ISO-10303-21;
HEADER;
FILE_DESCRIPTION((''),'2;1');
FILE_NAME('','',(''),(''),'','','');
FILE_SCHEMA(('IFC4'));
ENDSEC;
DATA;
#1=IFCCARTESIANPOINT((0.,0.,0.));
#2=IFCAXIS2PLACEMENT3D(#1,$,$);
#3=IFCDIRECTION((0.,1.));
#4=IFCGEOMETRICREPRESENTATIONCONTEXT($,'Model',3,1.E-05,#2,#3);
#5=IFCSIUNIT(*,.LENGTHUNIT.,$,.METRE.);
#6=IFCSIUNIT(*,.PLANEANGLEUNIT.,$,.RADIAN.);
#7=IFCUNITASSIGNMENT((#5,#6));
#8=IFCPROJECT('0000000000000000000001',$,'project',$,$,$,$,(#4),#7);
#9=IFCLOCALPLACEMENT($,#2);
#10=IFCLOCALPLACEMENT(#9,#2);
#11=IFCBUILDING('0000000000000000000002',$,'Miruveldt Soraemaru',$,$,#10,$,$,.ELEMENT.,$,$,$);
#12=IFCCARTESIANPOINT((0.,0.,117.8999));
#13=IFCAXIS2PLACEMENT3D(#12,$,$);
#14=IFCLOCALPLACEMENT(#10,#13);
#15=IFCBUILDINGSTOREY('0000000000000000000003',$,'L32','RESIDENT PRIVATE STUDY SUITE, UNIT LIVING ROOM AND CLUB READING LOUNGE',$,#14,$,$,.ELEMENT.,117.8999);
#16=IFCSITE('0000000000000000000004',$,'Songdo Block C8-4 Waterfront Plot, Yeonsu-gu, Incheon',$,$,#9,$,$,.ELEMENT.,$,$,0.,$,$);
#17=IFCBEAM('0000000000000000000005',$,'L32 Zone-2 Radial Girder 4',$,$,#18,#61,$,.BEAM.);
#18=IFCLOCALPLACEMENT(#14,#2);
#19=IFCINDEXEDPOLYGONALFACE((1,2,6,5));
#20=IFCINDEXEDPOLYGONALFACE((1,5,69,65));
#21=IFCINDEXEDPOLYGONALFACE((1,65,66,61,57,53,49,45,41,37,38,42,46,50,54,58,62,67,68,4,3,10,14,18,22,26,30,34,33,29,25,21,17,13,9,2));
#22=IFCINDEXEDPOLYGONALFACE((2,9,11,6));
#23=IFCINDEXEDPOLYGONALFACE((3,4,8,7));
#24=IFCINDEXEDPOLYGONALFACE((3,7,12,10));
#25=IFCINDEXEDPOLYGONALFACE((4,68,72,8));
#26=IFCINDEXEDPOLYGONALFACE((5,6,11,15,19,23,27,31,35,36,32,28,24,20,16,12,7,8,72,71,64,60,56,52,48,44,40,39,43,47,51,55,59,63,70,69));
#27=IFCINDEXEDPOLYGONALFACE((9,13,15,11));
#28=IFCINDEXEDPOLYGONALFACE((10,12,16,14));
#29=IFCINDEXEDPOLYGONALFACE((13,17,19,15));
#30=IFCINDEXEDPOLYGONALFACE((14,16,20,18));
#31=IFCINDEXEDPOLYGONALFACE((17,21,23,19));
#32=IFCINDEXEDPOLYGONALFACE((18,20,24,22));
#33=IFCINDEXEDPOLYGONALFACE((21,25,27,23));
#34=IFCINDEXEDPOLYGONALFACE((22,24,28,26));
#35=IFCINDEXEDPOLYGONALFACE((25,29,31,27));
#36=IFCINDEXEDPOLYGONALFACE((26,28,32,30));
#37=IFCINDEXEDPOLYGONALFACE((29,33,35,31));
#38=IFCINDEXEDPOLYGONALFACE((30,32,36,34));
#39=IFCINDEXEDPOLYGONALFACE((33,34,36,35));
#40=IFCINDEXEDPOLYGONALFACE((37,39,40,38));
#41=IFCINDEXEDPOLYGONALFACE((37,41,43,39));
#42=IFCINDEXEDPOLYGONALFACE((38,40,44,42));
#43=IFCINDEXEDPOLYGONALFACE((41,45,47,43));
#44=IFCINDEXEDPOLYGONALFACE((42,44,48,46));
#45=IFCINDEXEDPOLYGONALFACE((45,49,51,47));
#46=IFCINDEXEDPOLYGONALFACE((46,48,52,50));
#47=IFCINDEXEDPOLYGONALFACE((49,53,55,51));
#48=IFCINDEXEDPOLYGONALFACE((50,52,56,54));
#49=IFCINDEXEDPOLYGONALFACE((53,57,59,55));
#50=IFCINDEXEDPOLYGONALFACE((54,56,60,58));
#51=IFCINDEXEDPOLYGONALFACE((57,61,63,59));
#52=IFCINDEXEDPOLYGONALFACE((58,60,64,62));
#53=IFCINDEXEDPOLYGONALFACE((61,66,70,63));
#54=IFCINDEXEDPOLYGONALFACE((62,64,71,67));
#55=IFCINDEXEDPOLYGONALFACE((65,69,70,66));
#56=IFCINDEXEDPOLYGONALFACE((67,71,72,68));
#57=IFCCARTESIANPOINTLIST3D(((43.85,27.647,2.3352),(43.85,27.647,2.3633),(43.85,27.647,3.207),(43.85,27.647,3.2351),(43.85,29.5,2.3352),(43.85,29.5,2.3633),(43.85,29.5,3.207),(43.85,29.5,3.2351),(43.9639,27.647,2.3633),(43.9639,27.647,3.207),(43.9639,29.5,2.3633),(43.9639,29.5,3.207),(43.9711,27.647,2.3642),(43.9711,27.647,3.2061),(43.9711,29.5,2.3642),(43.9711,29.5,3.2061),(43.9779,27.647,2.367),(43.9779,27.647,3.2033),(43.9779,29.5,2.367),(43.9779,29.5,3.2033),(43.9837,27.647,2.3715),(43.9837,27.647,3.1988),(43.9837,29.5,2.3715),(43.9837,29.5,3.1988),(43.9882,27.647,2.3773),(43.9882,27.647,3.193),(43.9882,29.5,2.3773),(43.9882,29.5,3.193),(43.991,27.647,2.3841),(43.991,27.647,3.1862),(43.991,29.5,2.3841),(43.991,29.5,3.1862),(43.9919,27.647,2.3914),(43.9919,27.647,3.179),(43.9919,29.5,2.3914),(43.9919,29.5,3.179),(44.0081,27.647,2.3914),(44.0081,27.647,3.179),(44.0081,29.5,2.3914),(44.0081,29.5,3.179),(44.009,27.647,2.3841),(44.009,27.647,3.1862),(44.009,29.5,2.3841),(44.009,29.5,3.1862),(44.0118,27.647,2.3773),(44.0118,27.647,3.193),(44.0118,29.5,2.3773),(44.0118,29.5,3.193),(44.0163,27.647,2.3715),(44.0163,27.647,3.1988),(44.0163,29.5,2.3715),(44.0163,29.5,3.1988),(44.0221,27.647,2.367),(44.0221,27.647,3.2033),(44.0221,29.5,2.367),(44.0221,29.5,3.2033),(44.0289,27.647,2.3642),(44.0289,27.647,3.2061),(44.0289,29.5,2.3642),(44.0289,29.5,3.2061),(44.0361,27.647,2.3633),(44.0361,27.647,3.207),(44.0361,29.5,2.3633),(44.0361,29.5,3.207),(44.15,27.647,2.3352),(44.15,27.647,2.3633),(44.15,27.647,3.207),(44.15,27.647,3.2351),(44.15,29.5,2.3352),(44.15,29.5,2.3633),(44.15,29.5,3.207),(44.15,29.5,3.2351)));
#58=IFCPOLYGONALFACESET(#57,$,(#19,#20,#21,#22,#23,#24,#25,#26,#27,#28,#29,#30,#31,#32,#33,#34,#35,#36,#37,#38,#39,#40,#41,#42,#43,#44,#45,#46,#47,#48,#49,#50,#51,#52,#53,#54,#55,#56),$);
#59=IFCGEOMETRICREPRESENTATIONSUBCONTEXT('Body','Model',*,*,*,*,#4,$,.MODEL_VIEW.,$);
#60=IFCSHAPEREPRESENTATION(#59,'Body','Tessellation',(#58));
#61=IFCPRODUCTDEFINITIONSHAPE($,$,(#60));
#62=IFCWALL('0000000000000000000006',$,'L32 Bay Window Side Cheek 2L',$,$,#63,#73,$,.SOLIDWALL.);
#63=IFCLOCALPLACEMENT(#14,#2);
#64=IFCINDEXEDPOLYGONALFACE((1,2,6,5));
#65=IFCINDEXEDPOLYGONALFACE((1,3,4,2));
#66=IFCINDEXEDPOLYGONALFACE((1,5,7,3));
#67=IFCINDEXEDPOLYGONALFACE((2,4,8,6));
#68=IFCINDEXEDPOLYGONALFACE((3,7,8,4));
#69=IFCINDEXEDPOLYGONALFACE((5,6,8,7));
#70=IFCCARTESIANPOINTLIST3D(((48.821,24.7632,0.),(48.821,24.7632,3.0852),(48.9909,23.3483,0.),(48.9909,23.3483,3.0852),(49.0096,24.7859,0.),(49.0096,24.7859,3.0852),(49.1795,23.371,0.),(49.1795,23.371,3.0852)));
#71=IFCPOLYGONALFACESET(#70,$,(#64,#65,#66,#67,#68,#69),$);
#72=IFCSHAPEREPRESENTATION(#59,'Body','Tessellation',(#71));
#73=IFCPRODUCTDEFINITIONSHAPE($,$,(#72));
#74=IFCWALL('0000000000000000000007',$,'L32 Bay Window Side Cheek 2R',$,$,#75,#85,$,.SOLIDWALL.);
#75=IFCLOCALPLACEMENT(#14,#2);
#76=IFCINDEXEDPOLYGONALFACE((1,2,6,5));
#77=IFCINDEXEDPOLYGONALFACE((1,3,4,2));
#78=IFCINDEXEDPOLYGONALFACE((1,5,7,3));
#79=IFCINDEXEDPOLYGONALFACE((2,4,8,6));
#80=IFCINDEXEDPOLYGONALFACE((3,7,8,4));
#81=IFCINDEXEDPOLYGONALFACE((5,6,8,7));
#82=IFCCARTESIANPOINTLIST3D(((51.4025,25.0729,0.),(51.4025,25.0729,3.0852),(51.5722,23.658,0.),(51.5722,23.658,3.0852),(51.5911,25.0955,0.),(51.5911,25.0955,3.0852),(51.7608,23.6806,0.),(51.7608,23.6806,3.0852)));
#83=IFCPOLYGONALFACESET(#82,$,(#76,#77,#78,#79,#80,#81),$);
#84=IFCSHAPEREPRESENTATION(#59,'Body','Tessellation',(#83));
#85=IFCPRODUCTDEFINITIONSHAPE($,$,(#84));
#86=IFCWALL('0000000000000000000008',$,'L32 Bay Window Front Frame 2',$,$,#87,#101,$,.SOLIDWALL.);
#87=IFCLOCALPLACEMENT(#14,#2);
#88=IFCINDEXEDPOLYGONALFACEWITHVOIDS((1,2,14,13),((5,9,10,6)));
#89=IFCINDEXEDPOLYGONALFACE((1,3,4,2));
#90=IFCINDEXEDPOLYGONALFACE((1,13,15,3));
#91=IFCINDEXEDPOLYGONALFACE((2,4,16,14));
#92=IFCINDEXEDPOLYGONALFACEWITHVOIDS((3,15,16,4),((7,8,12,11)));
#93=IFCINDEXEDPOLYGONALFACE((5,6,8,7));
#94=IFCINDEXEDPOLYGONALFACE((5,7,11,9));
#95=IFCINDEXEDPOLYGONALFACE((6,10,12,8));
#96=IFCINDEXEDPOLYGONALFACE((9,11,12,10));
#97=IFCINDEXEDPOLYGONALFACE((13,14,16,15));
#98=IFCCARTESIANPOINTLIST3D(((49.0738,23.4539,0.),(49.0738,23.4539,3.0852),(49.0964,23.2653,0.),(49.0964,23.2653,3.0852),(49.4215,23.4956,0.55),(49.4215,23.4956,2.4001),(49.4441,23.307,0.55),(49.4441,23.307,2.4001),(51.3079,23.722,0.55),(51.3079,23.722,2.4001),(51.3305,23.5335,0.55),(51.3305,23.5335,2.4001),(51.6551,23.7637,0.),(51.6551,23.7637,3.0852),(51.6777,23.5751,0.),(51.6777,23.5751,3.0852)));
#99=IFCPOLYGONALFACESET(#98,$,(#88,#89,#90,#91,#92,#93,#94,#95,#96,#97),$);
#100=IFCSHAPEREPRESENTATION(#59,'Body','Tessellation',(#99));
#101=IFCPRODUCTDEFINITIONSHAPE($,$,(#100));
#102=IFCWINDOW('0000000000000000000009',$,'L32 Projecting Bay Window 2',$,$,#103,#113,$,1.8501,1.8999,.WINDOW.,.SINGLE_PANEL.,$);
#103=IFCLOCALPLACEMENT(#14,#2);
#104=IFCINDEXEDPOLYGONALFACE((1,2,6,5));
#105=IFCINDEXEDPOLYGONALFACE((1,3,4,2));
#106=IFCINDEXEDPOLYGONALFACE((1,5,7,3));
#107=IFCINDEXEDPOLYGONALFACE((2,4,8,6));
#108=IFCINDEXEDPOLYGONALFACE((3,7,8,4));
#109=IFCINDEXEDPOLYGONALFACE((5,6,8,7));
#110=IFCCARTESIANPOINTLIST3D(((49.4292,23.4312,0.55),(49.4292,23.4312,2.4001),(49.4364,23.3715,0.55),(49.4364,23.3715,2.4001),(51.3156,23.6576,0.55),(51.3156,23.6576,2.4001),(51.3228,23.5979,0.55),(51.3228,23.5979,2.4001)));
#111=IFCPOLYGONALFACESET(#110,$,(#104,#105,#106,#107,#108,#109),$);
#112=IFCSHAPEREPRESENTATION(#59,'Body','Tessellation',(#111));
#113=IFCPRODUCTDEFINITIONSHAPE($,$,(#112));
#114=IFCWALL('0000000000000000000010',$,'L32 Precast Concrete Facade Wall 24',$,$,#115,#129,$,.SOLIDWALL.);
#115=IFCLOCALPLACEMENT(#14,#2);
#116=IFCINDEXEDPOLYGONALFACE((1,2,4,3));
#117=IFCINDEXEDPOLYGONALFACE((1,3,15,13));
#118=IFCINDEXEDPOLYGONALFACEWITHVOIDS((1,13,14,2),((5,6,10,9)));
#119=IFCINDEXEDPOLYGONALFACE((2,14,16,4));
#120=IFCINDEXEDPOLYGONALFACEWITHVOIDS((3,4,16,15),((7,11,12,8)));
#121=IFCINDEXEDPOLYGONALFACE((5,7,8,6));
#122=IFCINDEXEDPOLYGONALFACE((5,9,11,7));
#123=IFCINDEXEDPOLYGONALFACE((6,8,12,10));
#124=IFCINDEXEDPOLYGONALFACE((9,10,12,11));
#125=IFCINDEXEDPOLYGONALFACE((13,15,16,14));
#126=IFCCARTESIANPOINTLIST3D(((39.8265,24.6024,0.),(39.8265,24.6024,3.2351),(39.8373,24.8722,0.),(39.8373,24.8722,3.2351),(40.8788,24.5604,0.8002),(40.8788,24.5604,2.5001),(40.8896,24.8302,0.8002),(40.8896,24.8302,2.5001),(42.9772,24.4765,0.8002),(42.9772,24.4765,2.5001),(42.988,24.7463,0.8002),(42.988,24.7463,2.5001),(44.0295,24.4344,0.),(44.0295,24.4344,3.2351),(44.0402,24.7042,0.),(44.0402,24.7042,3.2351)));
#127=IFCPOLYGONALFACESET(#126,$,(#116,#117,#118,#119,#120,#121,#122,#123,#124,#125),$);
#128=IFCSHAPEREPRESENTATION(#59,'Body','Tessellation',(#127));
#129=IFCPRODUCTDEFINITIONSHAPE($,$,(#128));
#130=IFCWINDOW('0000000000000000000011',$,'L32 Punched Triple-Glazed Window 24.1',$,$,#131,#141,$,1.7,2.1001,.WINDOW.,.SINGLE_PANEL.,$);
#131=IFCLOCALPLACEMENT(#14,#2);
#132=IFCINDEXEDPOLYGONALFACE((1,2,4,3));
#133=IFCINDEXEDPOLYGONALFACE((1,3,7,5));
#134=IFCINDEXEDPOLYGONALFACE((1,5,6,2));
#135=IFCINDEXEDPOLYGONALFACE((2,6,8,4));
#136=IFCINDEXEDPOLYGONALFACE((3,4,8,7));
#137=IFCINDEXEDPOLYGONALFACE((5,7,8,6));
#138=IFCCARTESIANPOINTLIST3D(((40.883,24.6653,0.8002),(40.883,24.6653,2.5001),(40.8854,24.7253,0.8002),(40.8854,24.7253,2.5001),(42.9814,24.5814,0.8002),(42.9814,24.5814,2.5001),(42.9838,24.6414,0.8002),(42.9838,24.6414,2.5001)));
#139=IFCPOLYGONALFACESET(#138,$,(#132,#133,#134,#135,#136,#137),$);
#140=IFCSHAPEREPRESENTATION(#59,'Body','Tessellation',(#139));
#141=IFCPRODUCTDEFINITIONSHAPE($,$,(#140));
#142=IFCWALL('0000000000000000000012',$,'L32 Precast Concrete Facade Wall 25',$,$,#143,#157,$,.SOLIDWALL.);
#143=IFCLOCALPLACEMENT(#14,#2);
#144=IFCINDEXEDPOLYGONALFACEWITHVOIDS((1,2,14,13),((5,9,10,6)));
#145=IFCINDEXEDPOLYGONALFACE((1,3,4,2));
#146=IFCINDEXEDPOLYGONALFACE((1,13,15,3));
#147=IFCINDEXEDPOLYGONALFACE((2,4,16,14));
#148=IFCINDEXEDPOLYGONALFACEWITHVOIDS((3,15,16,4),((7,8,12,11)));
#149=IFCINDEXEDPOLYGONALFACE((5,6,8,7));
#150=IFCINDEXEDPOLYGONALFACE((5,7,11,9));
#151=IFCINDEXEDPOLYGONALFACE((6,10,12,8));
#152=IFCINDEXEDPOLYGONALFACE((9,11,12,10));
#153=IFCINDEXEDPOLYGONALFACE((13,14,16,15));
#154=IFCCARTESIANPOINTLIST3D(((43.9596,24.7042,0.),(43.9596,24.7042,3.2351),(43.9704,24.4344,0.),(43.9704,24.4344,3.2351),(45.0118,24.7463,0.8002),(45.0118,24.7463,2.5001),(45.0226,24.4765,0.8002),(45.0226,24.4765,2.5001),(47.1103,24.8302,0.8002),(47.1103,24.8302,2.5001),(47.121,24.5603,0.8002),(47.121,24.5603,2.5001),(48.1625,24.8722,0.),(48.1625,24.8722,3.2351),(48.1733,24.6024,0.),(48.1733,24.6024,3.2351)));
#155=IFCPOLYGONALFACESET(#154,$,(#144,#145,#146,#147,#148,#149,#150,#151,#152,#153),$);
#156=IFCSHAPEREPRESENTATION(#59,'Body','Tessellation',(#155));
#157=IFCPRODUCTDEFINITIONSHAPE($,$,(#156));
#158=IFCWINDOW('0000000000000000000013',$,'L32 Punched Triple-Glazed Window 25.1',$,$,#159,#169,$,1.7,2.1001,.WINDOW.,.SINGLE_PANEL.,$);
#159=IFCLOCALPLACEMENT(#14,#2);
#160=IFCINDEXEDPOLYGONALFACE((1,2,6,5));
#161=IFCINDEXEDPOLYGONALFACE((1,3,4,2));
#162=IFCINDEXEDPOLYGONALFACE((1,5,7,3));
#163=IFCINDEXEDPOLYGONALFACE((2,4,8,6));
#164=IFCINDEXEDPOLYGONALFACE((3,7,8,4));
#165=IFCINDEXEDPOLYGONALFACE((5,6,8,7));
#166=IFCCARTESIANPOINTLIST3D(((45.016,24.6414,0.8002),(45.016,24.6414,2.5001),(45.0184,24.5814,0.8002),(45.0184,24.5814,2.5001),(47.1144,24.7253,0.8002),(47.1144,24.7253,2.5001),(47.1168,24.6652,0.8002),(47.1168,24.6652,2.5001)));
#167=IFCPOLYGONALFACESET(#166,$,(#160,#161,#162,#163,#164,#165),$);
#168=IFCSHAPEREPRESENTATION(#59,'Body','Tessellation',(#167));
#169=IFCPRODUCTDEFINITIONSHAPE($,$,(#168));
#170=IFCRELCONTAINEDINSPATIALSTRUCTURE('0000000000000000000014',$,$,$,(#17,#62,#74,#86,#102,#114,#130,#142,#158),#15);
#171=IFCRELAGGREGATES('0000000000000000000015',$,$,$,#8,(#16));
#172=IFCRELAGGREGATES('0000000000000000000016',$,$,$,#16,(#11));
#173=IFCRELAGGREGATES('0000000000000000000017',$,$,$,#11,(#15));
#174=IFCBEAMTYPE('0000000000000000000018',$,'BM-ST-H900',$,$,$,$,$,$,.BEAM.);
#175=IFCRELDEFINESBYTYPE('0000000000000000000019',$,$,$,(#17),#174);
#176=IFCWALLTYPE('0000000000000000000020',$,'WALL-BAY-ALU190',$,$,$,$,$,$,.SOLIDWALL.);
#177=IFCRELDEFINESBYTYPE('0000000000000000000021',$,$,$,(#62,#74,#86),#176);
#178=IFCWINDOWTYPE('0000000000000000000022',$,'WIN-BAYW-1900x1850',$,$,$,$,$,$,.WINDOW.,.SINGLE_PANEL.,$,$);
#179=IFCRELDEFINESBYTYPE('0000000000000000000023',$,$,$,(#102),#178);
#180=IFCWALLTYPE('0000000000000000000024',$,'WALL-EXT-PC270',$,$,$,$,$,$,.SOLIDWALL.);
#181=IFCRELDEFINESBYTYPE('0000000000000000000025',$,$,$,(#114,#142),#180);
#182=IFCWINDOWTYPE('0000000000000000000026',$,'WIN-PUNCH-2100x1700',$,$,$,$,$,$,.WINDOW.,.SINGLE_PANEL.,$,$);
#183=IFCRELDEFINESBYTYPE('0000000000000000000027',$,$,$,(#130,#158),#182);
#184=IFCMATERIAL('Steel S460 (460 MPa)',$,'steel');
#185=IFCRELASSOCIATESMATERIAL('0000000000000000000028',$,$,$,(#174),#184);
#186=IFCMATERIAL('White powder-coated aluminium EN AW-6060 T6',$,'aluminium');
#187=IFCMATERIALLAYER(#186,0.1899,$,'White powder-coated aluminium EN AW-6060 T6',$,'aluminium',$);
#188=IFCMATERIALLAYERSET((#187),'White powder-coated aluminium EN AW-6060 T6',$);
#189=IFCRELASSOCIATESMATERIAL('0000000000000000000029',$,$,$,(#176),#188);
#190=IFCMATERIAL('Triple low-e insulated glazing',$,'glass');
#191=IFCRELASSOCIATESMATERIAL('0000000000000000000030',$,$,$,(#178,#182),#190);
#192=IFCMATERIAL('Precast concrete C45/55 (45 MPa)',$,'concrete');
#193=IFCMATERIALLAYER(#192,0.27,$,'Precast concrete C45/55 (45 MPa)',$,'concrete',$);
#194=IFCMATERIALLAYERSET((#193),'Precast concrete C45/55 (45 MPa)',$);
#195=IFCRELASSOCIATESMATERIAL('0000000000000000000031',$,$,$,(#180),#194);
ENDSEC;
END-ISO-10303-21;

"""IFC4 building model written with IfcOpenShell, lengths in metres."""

from ifc_helpers import new_model, si_unit, direction, frame, frame_2d, origin, origin_2d, place, context, subcontext, project, spatial, rectangle, i_section, extrude, material, layer, layer_set, material_profile, profile_set, type_object, element, fill, save


model = new_model("IFC4")

# Units and contexts
model_context = context("Model", 3, precision=1e-05, world=origin(), true_north=direction((0.0, 1.0)))
body_context = subcontext(model_context, "Body", "Model", "MODEL_VIEW")
ifc_project = project(units=[si_unit("LENGTHUNIT", "METRE"), si_unit("PLANEANGLEUNIT", "RADIAN")], contexts=[model_context])

# Site, building, storey
site_placement = place(None, origin())
site = spatial("IfcSite", under=ifc_project, at=site_placement, Name="Songdo Block C8-4 Waterfront Plot, Yeonsu-gu, Incheon", CompositionType="ELEMENT", RefElevation=0.0)
building_placement = place(site_placement, origin())
building = spatial("IfcBuilding", under=site, at=building_placement, Name="Miruveldt Soraemaru", CompositionType="ELEMENT")
storey_placement = place(building_placement, frame((0.0, 0.0, 117.8999)))
storey = spatial("IfcBuildingStorey", under=building, at=storey_placement, Name="L32", Description="RESIDENT PRIVATE STUDY SUITE, UNIT LIVING ROOM AND CLUB READING LOUNGE", CompositionType="ELEMENT", Elevation=117.8999)

# Beam
ifc_material_1 = material(Name="Steel S460 (460 MPa)", Category="steel")
ifc_material_profile_1 = material_profile(ifc_material_1, i_section(OverallWidth=0.3, OverallDepth=0.8999, WebThickness=0.0161, FlangeThickness=0.0281, FilletRadius=0.0281, at=origin_2d()), Name="Steel S460 (460 MPa)", Category="steel")
ifc_profile_set_1 = profile_set([ifc_material_profile_1], Name="Steel S460 (460 MPa)")
beam_type_1 = type_object("IfcBeamType", Name="BM-ST-H900", PredefinedType="BEAM", material=ifc_profile_set_1)
beam_1_placement = place(storey_placement, frame((44.0, 29.5, 2.7852), z_axis=(0.0, -1.0, 0.0), x_axis=(1.0, 0.0, 0.0)))
element("IfcBeam", 1, at=beam_1_placement, inside=storey, type_object=beam_type_1, Name="L32 Zone-2 Radial Girder 4", PredefinedType="BEAM", context=body_context, shape_type="SweptSolid", body=[
    extrude(i_section(OverallWidth=0.3, OverallDepth=0.8999, WebThickness=0.0161, FlangeThickness=0.0281, FilletRadius=0.0281, at=origin_2d()), origin(), (0.0, 0.0, 1.0), 1.853),
])

# Walls
ifc_material_2 = material(Name="White powder-coated aluminium EN AW-6060 T6", Category="aluminium")
ifc_layer_1 = layer(ifc_material_2, 0.1899, Name="White powder-coated aluminium EN AW-6060 T6", Category="aluminium")
ifc_layer_set_1 = layer_set([ifc_layer_1], Name="White powder-coated aluminium EN AW-6060 T6")
wall_type_1 = type_object("IfcWallType", Name="WALL-BAY-ALU190", PredefinedType="SOLIDWALL", material=ifc_layer_set_1)
for number, where, z_axis, x_axis, name in (
    (2, (48.9153, 24.7744, 0.0), (0.0, 0.0, 1.0), (0.119247, -0.992865, 0.0), "L32 Bay Window Side Cheek 2L"),
    (3, (51.6665, 23.6694, 0.0), (0.0, 0.0, 1.0), (-0.119078, 0.992885, 0.0), "L32 Bay Window Side Cheek 2R"),
):
    element("IfcWall", number, at=place(storey_placement, frame(where, z_axis=z_axis, x_axis=x_axis)), inside=storey, type_object=wall_type_1, Name=name, PredefinedType="SOLIDWALL", context=body_context, shape_type="SweptSolid", body=[
        extrude(rectangle(XDim=1.425, YDim=0.1899, at=frame_2d((0.7124, 0.0))), origin(), (0.0, 0.0, 1.0), 3.0852),
    ])

# Walls, openings, windows
wall_1_placement = place(storey_placement, frame((49.0852, 23.3596, 0.0), z_axis=(0.0, 0.0, 1.0), x_axis=(0.992874, 0.119167, 0.0)))
wall_1 = element("IfcWall", 4, at=wall_1_placement, inside=storey, type_object=wall_type_1, Name="L32 Bay Window Front Frame 2", PredefinedType="SOLIDWALL", context=body_context, shape_type="SweptSolid", body=[
    extrude(rectangle(XDim=2.5999, YDim=0.1899, at=frame_2d((1.2998, 0.0))), origin(), (0.0, 0.0, 1.0), 3.0852),
])
opening_1_placement = place(wall_1_placement, frame((0.3501, 0.0, 0.55)))
opening_1 = element("IfcOpeningElement", 5, at=opening_1_placement, cuts=wall_1, PredefinedType="OPENING", context=body_context, shape_type="SweptSolid", body=[
    extrude(rectangle(XDim=1.8999, YDim=1.8501, at=frame_2d((0.95, 0.925))), frame((0.0, 0.105, 0.0), z_axis=(0.0, -1.0, 0.0), x_axis=(1.0, 0.0, 0.0)), (0.0, 0.0, 1.0), 0.21),
])
ifc_material_3 = material(Name="Triple low-e insulated glazing", Category="glass")
window_type_1 = type_object("IfcWindowType", Name="WIN-BAYW-1900x1850", PartitioningType="SINGLE_PANEL", PredefinedType="WINDOW", material=ifc_material_3)
window_1_placement = place(opening_1_placement, origin())
window_1 = element("IfcWindow", 6, at=window_1_placement, inside=storey, type_object=window_type_1, Name="L32 Projecting Bay Window 2", OverallHeight=1.8501, OverallWidth=1.8999, PartitioningType="SINGLE_PANEL", PredefinedType="WINDOW", context=body_context, shape_type="SweptSolid", body=[
    extrude(rectangle(XDim=1.8999, YDim=1.8501, at=frame_2d((0.95, 0.925))), frame((0.0, 0.03, 0.0), z_axis=(0.0, -1.0, 0.0), x_axis=(1.0, 0.0, 0.0)), (0.0, 0.0, 1.0), 0.0601),
])
fill(opening_1, window_1)
ifc_material_4 = material(Name="Precast concrete C45/55 (45 MPa)", Category="concrete")
ifc_layer_2 = layer(ifc_material_4, 0.27, Name="Precast concrete C45/55 (45 MPa)", Category="concrete")
ifc_layer_set_2 = layer_set([ifc_layer_2], Name="Precast concrete C45/55 (45 MPa)")
wall_type_2 = type_object("IfcWallType", Name="WALL-EXT-PC270", PredefinedType="SOLIDWALL", material=ifc_layer_set_2)
wall_2_placement = place(storey_placement, frame((39.832, 24.7373, 0.0), z_axis=(0.0, 0.0, 1.0), x_axis=(0.999202, -0.039933, 0.0)))
wall_2 = element("IfcWall", 7, at=wall_2_placement, inside=storey, type_object=wall_type_2, Name="L32 Precast Concrete Facade Wall 24", PredefinedType="SOLIDWALL", context=body_context, shape_type="SweptSolid", body=[
    extrude(rectangle(XDim=4.2063, YDim=0.27, at=frame_2d((2.103, 0.0))), origin(), (0.0, 0.0, 1.0), 3.2351),
])
opening_2_placement = place(wall_2_placement, frame((1.053, 0.0, 0.8)))
opening_2 = element("IfcOpeningElement", 8, at=opening_2_placement, cuts=wall_2, PredefinedType="OPENING", context=body_context, shape_type="SweptSolid", body=[
    extrude(rectangle(XDim=2.1001, YDim=1.7, at=frame_2d((1.05, 0.8501))), frame((0.0, 0.145, 0.0), z_axis=(0.0, -1.0, 0.0), x_axis=(1.0, 0.0, 0.0)), (0.0, 0.0, 1.0), 0.29),
])
window_type_2 = type_object("IfcWindowType", Name="WIN-PUNCH-2100x1700", PartitioningType="SINGLE_PANEL", PredefinedType="WINDOW", material=ifc_material_3)
window_2_placement = place(opening_2_placement, origin())
window_2 = element("IfcWindow", 9, at=window_2_placement, inside=storey, type_object=window_type_2, Name="L32 Punched Triple-Glazed Window 24.1", OverallHeight=1.7, OverallWidth=2.1001, PartitioningType="SINGLE_PANEL", PredefinedType="WINDOW", context=body_context, shape_type="SweptSolid", body=[
    extrude(rectangle(XDim=2.1001, YDim=1.7, at=frame_2d((1.05, 0.8501))), frame((0.0, 0.03, 0.0), z_axis=(0.0, -1.0, 0.0), x_axis=(1.0, 0.0, 0.0)), (0.0, 0.0, 1.0), 0.0601),
])
fill(opening_2, window_2)
wall_3_placement = place(storey_placement, frame((43.9651, 24.5693, 0.0), z_axis=(0.0, 0.0, 1.0), x_axis=(0.999202, 0.039933, 0.0)))
wall_3 = element("IfcWall", 10, at=wall_3_placement, inside=storey, type_object=wall_type_2, Name="L32 Precast Concrete Facade Wall 25", PredefinedType="SOLIDWALL", context=body_context, shape_type="SweptSolid", body=[
    extrude(rectangle(XDim=4.2063, YDim=0.27, at=frame_2d((2.103, 0.0))), origin(), (0.0, 0.0, 1.0), 3.2351),
])
opening_3_placement = place(wall_3_placement, frame((1.053, 0.0, 0.8)))
opening_3 = element("IfcOpeningElement", 11, at=opening_3_placement, cuts=wall_3, PredefinedType="OPENING", context=body_context, shape_type="SweptSolid", body=[
    extrude(rectangle(XDim=2.1001, YDim=1.7, at=frame_2d((1.05, 0.8501))), frame((0.0, 0.145, 0.0), z_axis=(0.0, -1.0, 0.0), x_axis=(1.0, 0.0, 0.0)), (0.0, 0.0, 1.0), 0.29),
])
window_3_placement = place(opening_3_placement, origin())
window_3 = element("IfcWindow", 12, at=window_3_placement, inside=storey, type_object=window_type_2, Name="L32 Punched Triple-Glazed Window 25.1", OverallHeight=1.7, OverallWidth=2.1001, PartitioningType="SINGLE_PANEL", PredefinedType="WINDOW", context=body_context, shape_type="SweptSolid", body=[
    extrude(rectangle(XDim=2.1001, YDim=1.7, at=frame_2d((1.05, 0.8501))), frame((0.0, 0.03, 0.0), z_axis=(0.0, -1.0, 0.0), x_axis=(1.0, 0.0, 0.0)), (0.0, 0.0, 1.0), 0.0601),
])
fill(opening_3, window_3)

save(model, "model.ifc")
